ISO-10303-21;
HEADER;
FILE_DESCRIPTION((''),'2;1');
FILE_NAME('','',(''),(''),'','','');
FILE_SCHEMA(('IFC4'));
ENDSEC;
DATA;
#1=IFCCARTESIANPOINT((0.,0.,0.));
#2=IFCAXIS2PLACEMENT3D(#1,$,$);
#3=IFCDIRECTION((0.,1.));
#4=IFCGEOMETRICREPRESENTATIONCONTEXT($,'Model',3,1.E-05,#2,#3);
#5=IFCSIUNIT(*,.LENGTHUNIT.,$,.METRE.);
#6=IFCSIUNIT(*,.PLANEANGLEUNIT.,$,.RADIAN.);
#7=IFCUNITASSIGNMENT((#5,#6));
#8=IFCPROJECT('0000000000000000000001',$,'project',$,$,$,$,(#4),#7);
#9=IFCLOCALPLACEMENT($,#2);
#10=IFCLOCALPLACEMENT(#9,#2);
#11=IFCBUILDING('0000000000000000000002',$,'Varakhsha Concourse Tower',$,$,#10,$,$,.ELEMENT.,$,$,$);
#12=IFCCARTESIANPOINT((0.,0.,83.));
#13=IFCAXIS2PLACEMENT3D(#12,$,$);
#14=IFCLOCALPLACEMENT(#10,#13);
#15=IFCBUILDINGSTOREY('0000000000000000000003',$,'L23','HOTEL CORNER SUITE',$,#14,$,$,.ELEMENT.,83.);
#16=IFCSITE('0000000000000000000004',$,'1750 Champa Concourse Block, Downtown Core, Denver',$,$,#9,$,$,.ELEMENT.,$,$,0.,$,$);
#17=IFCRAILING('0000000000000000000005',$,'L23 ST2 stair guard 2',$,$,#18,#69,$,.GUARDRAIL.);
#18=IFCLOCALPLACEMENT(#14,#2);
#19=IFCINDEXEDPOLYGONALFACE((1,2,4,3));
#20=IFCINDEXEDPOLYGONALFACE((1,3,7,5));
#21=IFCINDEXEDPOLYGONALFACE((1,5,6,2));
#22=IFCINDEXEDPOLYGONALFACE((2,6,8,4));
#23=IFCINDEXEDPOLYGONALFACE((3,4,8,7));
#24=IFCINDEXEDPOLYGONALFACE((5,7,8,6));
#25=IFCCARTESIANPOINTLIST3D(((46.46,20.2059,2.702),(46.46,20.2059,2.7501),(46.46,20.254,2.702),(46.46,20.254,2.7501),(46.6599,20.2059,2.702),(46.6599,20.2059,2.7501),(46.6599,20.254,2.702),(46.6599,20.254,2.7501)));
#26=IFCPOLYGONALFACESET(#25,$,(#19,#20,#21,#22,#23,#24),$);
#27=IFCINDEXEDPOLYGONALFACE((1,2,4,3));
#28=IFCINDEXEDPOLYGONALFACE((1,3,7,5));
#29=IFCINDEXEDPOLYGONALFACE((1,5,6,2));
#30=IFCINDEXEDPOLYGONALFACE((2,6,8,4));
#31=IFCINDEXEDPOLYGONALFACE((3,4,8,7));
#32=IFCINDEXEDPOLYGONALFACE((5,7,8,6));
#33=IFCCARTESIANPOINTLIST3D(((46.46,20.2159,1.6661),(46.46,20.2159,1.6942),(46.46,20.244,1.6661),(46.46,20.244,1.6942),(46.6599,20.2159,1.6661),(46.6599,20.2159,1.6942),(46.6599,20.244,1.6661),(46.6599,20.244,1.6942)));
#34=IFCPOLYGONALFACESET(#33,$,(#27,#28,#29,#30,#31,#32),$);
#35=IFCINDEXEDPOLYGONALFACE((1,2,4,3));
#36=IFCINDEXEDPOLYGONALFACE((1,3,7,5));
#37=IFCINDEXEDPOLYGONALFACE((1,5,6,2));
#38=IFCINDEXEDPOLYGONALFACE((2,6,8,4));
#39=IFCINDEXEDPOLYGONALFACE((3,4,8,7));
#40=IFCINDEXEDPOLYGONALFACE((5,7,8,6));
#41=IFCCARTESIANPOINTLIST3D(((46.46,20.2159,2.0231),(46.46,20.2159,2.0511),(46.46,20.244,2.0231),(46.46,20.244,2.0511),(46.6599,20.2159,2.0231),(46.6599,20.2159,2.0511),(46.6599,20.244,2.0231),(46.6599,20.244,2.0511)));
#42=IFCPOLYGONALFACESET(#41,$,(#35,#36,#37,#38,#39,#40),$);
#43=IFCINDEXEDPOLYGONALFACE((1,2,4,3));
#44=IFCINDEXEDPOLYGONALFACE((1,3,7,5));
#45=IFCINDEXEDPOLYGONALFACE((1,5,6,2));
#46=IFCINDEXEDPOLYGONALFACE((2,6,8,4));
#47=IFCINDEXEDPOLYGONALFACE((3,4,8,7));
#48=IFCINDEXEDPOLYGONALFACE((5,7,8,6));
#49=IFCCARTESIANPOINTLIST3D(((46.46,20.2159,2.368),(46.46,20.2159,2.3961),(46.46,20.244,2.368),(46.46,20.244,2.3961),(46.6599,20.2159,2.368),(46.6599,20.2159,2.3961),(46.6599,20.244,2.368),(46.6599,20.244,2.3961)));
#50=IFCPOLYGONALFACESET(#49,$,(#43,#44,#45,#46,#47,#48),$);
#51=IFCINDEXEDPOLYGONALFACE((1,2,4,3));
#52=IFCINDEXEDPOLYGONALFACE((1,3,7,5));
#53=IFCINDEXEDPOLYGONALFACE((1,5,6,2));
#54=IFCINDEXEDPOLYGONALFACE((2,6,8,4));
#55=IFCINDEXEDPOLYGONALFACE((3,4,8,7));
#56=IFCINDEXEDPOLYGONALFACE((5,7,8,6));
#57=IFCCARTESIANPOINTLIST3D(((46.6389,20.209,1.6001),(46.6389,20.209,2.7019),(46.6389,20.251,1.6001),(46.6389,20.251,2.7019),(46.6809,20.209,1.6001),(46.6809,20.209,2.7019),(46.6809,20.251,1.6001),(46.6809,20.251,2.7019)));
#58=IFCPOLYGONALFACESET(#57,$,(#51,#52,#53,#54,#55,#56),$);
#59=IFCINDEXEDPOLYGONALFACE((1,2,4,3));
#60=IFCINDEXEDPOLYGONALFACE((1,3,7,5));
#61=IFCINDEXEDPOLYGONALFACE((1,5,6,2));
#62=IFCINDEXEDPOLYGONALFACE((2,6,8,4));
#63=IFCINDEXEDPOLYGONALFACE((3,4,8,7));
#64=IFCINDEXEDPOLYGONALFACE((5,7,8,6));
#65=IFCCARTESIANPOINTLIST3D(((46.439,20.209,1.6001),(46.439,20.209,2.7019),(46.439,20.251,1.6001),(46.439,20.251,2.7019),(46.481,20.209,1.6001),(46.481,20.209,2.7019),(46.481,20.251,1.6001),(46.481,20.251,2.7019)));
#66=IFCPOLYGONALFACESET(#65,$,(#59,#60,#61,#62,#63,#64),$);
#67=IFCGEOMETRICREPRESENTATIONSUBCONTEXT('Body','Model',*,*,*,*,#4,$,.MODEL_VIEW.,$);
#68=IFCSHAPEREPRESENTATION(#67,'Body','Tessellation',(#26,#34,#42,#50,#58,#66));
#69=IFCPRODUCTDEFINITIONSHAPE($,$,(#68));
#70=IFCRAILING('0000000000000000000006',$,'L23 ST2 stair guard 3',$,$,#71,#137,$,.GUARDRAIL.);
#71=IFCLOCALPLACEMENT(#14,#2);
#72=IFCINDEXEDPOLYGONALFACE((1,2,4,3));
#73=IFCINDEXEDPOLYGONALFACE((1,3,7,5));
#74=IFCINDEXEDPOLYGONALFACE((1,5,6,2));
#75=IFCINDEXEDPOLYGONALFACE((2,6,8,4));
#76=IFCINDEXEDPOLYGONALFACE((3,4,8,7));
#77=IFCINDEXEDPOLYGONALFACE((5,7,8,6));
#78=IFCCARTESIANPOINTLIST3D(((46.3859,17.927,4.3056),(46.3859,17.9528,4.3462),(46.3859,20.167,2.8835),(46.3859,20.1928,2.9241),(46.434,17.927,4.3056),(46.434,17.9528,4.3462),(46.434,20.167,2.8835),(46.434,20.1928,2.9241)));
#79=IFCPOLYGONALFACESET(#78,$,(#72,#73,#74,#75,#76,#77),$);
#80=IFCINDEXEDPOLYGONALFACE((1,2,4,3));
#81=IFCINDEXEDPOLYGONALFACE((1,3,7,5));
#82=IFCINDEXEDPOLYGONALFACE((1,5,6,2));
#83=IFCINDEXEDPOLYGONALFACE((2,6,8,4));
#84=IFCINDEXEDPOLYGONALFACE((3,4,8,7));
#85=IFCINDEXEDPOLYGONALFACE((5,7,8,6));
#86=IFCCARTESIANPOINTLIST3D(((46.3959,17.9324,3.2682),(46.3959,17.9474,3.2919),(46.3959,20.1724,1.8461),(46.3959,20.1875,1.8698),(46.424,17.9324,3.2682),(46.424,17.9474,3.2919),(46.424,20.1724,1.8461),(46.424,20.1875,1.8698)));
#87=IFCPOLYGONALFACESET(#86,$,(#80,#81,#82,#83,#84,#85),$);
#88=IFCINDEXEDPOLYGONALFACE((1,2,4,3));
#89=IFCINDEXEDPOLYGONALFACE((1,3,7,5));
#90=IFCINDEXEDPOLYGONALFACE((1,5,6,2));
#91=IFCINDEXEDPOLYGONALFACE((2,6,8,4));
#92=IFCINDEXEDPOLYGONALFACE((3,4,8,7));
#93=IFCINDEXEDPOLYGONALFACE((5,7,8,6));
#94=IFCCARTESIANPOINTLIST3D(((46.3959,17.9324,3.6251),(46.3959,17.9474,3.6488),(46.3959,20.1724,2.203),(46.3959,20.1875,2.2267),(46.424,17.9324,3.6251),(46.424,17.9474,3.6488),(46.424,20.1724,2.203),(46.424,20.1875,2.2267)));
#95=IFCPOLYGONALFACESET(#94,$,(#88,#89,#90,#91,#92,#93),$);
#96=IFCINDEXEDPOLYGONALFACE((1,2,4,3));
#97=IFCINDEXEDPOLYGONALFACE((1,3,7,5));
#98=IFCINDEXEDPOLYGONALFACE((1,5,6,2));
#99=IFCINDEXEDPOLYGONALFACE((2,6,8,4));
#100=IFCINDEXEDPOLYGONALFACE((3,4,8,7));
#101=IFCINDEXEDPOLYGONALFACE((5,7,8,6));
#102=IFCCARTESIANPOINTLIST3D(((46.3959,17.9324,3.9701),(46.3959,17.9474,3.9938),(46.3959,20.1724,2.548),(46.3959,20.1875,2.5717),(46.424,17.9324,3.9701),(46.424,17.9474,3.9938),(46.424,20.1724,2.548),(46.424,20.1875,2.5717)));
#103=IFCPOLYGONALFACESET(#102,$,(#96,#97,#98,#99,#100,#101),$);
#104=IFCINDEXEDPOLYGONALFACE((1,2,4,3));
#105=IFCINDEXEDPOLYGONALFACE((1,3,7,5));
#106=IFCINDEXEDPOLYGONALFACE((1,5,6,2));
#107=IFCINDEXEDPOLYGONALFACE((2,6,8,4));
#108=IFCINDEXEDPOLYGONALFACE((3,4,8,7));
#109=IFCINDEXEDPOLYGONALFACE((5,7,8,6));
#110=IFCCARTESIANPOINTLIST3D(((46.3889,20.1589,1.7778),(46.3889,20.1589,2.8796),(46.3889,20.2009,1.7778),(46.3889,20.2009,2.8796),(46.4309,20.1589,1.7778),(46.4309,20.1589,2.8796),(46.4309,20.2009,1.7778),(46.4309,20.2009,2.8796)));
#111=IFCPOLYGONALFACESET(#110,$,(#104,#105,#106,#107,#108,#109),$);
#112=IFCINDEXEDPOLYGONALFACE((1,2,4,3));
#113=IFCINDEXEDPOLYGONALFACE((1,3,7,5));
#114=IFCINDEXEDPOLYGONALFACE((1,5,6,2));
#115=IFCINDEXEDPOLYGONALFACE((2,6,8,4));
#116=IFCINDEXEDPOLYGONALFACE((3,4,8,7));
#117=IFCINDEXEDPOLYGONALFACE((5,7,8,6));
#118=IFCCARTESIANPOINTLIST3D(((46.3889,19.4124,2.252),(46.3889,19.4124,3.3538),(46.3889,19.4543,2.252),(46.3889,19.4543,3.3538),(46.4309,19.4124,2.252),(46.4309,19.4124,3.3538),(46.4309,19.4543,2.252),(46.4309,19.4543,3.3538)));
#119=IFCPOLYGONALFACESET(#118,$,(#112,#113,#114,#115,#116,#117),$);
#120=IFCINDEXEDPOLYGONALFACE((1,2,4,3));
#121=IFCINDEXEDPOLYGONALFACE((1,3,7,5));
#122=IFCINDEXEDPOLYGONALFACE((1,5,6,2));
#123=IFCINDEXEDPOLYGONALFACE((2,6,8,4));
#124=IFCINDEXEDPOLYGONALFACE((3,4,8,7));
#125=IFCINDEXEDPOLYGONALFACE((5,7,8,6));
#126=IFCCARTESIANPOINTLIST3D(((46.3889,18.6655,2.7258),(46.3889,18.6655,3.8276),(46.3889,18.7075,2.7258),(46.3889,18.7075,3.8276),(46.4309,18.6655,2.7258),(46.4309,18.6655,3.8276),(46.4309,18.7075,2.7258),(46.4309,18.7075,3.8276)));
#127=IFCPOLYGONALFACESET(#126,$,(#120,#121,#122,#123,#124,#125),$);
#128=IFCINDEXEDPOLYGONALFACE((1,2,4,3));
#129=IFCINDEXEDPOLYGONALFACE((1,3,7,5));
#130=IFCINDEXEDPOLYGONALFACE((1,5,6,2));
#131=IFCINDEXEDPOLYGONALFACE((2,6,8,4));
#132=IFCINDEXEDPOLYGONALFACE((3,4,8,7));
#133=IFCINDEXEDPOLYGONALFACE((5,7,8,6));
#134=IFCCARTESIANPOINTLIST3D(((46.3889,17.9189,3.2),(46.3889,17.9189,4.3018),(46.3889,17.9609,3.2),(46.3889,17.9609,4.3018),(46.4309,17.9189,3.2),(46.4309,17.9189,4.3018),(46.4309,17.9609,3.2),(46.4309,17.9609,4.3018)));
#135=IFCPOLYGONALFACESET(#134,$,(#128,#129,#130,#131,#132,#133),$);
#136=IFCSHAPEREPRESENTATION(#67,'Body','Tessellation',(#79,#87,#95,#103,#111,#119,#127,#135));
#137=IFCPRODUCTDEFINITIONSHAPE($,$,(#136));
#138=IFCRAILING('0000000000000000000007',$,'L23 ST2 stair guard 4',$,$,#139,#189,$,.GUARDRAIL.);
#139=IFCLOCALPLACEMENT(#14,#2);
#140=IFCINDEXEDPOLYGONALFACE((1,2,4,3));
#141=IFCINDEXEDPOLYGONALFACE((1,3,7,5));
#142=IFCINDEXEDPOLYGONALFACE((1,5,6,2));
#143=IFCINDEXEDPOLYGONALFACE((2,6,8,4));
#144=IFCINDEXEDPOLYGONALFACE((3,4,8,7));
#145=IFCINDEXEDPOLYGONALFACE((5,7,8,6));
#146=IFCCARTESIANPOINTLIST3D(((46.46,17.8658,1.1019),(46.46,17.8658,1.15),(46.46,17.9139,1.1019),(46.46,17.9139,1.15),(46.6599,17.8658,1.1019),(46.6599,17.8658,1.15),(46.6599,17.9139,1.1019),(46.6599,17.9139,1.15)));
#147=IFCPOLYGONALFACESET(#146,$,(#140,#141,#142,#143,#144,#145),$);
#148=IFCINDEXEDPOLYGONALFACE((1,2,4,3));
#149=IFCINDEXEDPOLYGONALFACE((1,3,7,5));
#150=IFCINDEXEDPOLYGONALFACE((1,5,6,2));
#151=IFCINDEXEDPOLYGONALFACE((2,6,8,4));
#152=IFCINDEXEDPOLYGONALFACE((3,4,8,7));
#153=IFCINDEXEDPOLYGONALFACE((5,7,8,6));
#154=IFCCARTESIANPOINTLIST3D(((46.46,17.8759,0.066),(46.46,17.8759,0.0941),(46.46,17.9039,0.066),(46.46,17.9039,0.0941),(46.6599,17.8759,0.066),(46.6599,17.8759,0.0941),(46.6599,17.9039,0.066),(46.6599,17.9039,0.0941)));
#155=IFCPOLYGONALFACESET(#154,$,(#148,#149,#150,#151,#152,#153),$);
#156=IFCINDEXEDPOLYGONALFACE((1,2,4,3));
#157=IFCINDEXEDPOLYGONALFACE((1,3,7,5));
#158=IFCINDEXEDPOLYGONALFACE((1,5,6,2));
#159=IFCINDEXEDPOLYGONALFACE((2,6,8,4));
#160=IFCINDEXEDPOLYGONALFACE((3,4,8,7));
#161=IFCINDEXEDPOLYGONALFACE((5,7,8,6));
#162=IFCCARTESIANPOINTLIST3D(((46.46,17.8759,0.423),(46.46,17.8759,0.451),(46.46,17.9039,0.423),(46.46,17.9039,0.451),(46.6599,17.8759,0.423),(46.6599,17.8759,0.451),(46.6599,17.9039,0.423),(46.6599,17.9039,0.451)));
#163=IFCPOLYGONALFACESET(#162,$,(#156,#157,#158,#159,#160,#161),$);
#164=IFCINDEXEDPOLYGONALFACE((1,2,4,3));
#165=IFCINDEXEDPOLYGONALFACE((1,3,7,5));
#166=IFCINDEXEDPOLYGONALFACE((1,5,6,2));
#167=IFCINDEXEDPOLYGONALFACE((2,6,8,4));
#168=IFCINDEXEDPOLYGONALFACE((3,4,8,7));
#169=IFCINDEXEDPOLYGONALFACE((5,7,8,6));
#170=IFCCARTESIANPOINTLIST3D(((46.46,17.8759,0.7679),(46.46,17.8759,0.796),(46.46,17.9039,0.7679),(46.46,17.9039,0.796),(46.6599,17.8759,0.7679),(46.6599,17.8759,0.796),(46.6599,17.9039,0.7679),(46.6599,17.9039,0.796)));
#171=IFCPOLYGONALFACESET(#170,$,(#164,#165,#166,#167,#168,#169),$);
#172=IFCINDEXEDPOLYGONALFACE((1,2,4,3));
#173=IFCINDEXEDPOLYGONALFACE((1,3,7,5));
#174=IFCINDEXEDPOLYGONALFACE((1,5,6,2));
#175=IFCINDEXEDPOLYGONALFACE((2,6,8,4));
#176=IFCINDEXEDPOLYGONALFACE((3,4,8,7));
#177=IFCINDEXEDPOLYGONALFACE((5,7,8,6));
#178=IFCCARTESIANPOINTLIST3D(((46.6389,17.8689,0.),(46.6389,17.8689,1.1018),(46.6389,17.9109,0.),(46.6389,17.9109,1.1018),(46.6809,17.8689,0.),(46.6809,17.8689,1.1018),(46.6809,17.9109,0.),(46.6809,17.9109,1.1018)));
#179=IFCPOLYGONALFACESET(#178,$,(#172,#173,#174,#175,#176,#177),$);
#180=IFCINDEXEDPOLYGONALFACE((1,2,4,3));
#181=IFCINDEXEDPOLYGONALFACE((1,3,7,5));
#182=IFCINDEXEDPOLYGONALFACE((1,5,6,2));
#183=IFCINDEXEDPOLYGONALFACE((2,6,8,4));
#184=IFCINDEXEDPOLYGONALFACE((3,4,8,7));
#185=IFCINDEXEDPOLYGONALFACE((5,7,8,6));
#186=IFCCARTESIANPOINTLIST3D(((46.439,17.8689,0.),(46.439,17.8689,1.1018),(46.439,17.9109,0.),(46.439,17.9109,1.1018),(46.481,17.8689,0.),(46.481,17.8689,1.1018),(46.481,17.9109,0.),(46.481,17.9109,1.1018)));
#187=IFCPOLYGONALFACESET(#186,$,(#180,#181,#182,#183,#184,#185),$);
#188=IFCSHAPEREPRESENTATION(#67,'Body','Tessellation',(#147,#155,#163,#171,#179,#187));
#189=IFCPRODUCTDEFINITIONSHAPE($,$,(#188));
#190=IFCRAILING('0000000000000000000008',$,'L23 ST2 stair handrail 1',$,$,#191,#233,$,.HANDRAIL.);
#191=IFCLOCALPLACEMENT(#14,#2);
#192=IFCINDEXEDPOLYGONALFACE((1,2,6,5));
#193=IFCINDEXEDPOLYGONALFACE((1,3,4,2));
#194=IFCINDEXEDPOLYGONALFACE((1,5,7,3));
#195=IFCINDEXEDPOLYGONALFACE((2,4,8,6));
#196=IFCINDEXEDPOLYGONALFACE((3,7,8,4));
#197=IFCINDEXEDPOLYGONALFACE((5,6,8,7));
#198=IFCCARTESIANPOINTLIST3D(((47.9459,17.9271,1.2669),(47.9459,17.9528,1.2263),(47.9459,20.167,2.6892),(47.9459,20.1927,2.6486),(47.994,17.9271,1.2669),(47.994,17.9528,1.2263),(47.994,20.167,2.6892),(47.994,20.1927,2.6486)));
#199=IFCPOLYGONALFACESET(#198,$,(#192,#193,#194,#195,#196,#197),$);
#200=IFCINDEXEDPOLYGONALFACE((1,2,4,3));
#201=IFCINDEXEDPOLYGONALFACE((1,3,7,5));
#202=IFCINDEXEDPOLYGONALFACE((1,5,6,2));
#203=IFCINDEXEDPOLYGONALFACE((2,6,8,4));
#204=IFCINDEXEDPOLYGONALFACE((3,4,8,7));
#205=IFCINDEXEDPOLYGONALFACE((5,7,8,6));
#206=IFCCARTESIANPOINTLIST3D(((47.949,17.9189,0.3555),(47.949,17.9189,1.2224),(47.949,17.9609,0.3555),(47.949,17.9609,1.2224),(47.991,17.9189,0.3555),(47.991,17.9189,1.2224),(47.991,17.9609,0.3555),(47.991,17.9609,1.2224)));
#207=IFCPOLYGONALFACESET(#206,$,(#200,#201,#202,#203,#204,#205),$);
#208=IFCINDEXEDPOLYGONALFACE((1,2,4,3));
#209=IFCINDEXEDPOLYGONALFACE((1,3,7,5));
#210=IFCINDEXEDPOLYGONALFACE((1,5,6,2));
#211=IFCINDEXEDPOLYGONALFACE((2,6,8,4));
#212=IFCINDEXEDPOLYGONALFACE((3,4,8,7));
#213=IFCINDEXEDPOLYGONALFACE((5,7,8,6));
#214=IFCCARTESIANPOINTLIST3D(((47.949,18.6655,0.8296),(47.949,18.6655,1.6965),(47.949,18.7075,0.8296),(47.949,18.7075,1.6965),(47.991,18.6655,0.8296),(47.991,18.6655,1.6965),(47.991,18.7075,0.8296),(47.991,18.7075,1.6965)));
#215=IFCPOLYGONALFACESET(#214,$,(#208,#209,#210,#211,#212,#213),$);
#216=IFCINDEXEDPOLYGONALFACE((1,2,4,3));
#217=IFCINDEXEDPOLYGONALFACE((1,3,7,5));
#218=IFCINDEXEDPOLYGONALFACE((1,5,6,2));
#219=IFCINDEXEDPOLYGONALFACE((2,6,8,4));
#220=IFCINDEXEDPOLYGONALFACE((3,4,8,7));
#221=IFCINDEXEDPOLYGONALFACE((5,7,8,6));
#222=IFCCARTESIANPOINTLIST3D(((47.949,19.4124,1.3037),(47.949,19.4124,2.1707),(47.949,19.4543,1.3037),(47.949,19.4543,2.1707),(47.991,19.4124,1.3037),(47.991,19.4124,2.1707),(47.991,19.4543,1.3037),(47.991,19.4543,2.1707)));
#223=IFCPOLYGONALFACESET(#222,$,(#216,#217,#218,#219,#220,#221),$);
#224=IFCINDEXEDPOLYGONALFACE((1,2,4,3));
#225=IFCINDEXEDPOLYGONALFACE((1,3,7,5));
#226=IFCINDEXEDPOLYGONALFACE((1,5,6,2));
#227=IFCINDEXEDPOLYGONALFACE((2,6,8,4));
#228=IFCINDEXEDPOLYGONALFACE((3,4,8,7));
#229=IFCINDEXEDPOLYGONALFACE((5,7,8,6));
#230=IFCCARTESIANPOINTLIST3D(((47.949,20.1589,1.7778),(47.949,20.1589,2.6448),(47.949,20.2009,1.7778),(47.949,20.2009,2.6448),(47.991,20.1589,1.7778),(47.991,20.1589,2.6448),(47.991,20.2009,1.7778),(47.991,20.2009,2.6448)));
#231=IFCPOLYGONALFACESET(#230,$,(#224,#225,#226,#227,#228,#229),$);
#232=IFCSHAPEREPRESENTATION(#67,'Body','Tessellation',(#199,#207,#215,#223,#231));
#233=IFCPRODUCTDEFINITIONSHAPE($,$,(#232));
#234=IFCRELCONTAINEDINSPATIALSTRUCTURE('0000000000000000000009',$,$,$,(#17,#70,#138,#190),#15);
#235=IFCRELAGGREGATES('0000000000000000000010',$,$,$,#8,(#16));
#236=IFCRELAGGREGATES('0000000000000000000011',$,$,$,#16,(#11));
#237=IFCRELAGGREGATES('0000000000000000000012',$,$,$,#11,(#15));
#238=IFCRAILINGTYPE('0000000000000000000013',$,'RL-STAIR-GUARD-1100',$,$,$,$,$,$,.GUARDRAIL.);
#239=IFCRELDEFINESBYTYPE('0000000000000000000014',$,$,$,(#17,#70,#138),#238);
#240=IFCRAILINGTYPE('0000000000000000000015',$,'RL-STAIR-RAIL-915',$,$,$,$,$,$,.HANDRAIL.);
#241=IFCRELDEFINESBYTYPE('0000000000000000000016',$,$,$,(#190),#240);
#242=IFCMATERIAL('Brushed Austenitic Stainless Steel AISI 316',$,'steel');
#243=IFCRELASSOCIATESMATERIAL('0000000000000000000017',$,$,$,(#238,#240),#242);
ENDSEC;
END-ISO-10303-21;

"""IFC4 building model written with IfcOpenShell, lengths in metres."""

from ifc_helpers import new_model, si_unit, direction, frame, origin, origin_2d, place, context, subcontext, project, spatial, rectangle, extrude, material, type_object, element, save


model = new_model("IFC4")

# Units and contexts
model_context = context("Model", 3, precision=1e-05, world=origin(), true_north=direction((0.0, 1.0)))
body_context = subcontext(model_context, "Body", "Model", "MODEL_VIEW")
ifc_project = project(units=[si_unit("LENGTHUNIT", "METRE"), si_unit("PLANEANGLEUNIT", "RADIAN")], contexts=[model_context])

# Site, building, storey
site_placement = place(None, origin())
site = spatial("IfcSite", under=ifc_project, at=site_placement, Name="1750 Champa Concourse Block, Downtown Core, Denver", CompositionType="ELEMENT", RefElevation=0.0)
building_placement = place(site_placement, origin())
building = spatial("IfcBuilding", under=site, at=building_placement, Name="Varakhsha Concourse Tower", CompositionType="ELEMENT")
storey_placement = place(building_placement, frame((0.0, 0.0, 83.0)))
storey = spatial("IfcBuildingStorey", under=building, at=storey_placement, Name="L23", Description="HOTEL CORNER SUITE", CompositionType="ELEMENT", Elevation=83.0)

# Railings
ifc_material_1 = material(Name="Brushed Austenitic Stainless Steel AISI 316", Category="steel")
railing_type_1 = type_object("IfcRailingType", Name="RL-STAIR-GUARD-1100", PredefinedType="GUARDRAIL", material=ifc_material_1)
railing_1_placement = place(storey_placement, frame((46.6599, 20.23, 1.6001)))
element("IfcRailing", 1, at=railing_1_placement, inside=storey, type_object=railing_type_1, Name="L23 ST2 stair guard 2", PredefinedType="GUARDRAIL", context=body_context, shape_type="SweptSolid", body=[
    extrude(rectangle(XDim=0.0481, YDim=0.0481, at=origin_2d()), frame((0.0, 0.0, 1.126), z_axis=(-1.0, 0.0, 0.0), x_axis=(0.0, -1.0, 0.0)), (0.0, 0.0, 1.0), 0.2),
    extrude(rectangle(XDim=0.0281, YDim=0.0281, at=origin_2d()), frame((0.0, 0.0, 0.0801), z_axis=(-1.0, 0.0, 0.0), x_axis=(0.0, -1.0, 0.0)), (0.0, 0.0, 1.0), 0.2),
    extrude(rectangle(XDim=0.0281, YDim=0.0281, at=origin_2d()), frame((0.0, 0.0, 0.437), z_axis=(-1.0, 0.0, 0.0), x_axis=(0.0, -1.0, 0.0)), (0.0, 0.0, 1.0), 0.2),
    extrude(rectangle(XDim=0.0281, YDim=0.0281, at=origin_2d()), frame((0.0, 0.0, 0.782), z_axis=(-1.0, 0.0, 0.0), x_axis=(0.0, -1.0, 0.0)), (0.0, 0.0, 1.0), 0.2),
    extrude(rectangle(XDim=0.042, YDim=0.042, at=origin_2d()), origin(), (0.0, 0.0, 1.0), 1.1018),
    extrude(rectangle(XDim=0.042, YDim=0.042, at=origin_2d()), frame((-0.2, 0.0, 0.0)), (0.0, 0.0, 1.0), 1.1018),
])
railing_2_placement = place(storey_placement, frame((46.4099, 20.1799, 1.7778)))
element("IfcRailing", 2, at=railing_2_placement, inside=storey, type_object=railing_type_1, Name="L23 ST2 stair guard 3", PredefinedType="GUARDRAIL", context=body_context, shape_type="SweptSolid", body=[
    extrude(rectangle(XDim=0.0481, YDim=0.0481, at=origin_2d()), frame((0.0, 0.0, 1.126), z_axis=(0.0, -0.844229, 0.535982), x_axis=(1.0, 0.0, 0.0)), (0.0, 0.0, 1.0), 2.6533),
    extrude(rectangle(XDim=0.0281, YDim=0.0281, at=origin_2d()), frame((0.0, 0.0, 0.0801), z_axis=(0.0, -0.844229, 0.535982), x_axis=(1.0, 0.0, 0.0)), (0.0, 0.0, 1.0), 2.6533),
    extrude(rectangle(XDim=0.0281, YDim=0.0281, at=origin_2d()), frame((0.0, 0.0, 0.437), z_axis=(0.0, -0.844229, 0.535982), x_axis=(1.0, 0.0, 0.0)), (0.0, 0.0, 1.0), 2.6533),
    extrude(rectangle(XDim=0.0281, YDim=0.0281, at=origin_2d()), frame((0.0, 0.0, 0.782), z_axis=(0.0, -0.844229, 0.535982), x_axis=(1.0, 0.0, 0.0)), (0.0, 0.0, 1.0), 2.6533),
    extrude(rectangle(XDim=0.042, YDim=0.042, at=origin_2d()), origin(), (0.0, 0.0, 1.0), 1.1018),
    extrude(rectangle(XDim=0.042, YDim=0.042, at=origin_2d()), frame((0.0, -0.7466, 0.4741)), (0.0, 0.0, 1.0), 1.1018),
    extrude(rectangle(XDim=0.042, YDim=0.042, at=origin_2d()), frame((0.0, -1.4934, 0.948)), (0.0, 0.0, 1.0), 1.1018),
    extrude(rectangle(XDim=0.042, YDim=0.042, at=origin_2d()), frame((0.0, -2.24, 1.4221)), (0.0, 0.0, 1.0), 1.1018),
])
railing_3_placement = place(storey_placement, frame((46.6599, 17.8899, 0.0)))
element("IfcRailing", 3, at=railing_3_placement, inside=storey, type_object=railing_type_1, Name="L23 ST2 stair guard 4", PredefinedType="GUARDRAIL", context=body_context, shape_type="SweptSolid", body=[
    extrude(rectangle(XDim=0.0481, YDim=0.0481, at=origin_2d()), frame((0.0, 0.0, 1.126), z_axis=(-1.0, 0.0, 0.0), x_axis=(0.0, -1.0, 0.0)), (0.0, 0.0, 1.0), 0.2),
    extrude(rectangle(XDim=0.0281, YDim=0.0281, at=origin_2d()), frame((0.0, 0.0, 0.0801), z_axis=(-1.0, 0.0, 0.0), x_axis=(0.0, -1.0, 0.0)), (0.0, 0.0, 1.0), 0.2),
    extrude(rectangle(XDim=0.0281, YDim=0.0281, at=origin_2d()), frame((0.0, 0.0, 0.437), z_axis=(-1.0, 0.0, 0.0), x_axis=(0.0, -1.0, 0.0)), (0.0, 0.0, 1.0), 0.2),
    extrude(rectangle(XDim=0.0281, YDim=0.0281, at=origin_2d()), frame((0.0, 0.0, 0.782), z_axis=(-1.0, 0.0, 0.0), x_axis=(0.0, -1.0, 0.0)), (0.0, 0.0, 1.0), 0.2),
    extrude(rectangle(XDim=0.042, YDim=0.042, at=origin_2d()), origin(), (0.0, 0.0, 1.0), 1.1018),
    extrude(rectangle(XDim=0.042, YDim=0.042, at=origin_2d()), frame((-0.2, 0.0, 0.0)), (0.0, 0.0, 1.0), 1.1018),
])
railing_type_2 = type_object("IfcRailingType", Name="RL-STAIR-RAIL-915", PredefinedType="HANDRAIL", material=ifc_material_1)
railing_4_placement = place(storey_placement, frame((47.97, 17.9399, 0.3555)))
element("IfcRailing", 4, at=railing_4_placement, inside=storey, type_object=railing_type_2, Name="L23 ST2 stair handrail 1", PredefinedType="HANDRAIL", context=body_context, shape_type="SweptSolid", body=[
    extrude(rectangle(XDim=0.0481, YDim=0.0481, at=origin_2d()), frame((0.0, 0.0, 0.8911), z_axis=(0.0, 0.844188, 0.536048), x_axis=(-1.0, 0.0, 0.0)), (0.0, 0.0, 1.0), 2.6533),
    extrude(rectangle(XDim=0.042, YDim=0.042, at=origin_2d()), origin(), (0.0, 0.0, 1.0), 0.8669),
    extrude(rectangle(XDim=0.042, YDim=0.042, at=origin_2d()), frame((0.0, 0.7466, 0.4741)), (0.0, 0.0, 1.0), 0.8669),
    extrude(rectangle(XDim=0.042, YDim=0.042, at=origin_2d()), frame((0.0, 1.4934, 0.9482)), (0.0, 0.0, 1.0), 0.8669),
    extrude(rectangle(XDim=0.042, YDim=0.042, at=origin_2d()), frame((0.0, 2.24, 1.4224)), (0.0, 0.0, 1.0), 0.8669),
])

save(model, "model.ifc")
